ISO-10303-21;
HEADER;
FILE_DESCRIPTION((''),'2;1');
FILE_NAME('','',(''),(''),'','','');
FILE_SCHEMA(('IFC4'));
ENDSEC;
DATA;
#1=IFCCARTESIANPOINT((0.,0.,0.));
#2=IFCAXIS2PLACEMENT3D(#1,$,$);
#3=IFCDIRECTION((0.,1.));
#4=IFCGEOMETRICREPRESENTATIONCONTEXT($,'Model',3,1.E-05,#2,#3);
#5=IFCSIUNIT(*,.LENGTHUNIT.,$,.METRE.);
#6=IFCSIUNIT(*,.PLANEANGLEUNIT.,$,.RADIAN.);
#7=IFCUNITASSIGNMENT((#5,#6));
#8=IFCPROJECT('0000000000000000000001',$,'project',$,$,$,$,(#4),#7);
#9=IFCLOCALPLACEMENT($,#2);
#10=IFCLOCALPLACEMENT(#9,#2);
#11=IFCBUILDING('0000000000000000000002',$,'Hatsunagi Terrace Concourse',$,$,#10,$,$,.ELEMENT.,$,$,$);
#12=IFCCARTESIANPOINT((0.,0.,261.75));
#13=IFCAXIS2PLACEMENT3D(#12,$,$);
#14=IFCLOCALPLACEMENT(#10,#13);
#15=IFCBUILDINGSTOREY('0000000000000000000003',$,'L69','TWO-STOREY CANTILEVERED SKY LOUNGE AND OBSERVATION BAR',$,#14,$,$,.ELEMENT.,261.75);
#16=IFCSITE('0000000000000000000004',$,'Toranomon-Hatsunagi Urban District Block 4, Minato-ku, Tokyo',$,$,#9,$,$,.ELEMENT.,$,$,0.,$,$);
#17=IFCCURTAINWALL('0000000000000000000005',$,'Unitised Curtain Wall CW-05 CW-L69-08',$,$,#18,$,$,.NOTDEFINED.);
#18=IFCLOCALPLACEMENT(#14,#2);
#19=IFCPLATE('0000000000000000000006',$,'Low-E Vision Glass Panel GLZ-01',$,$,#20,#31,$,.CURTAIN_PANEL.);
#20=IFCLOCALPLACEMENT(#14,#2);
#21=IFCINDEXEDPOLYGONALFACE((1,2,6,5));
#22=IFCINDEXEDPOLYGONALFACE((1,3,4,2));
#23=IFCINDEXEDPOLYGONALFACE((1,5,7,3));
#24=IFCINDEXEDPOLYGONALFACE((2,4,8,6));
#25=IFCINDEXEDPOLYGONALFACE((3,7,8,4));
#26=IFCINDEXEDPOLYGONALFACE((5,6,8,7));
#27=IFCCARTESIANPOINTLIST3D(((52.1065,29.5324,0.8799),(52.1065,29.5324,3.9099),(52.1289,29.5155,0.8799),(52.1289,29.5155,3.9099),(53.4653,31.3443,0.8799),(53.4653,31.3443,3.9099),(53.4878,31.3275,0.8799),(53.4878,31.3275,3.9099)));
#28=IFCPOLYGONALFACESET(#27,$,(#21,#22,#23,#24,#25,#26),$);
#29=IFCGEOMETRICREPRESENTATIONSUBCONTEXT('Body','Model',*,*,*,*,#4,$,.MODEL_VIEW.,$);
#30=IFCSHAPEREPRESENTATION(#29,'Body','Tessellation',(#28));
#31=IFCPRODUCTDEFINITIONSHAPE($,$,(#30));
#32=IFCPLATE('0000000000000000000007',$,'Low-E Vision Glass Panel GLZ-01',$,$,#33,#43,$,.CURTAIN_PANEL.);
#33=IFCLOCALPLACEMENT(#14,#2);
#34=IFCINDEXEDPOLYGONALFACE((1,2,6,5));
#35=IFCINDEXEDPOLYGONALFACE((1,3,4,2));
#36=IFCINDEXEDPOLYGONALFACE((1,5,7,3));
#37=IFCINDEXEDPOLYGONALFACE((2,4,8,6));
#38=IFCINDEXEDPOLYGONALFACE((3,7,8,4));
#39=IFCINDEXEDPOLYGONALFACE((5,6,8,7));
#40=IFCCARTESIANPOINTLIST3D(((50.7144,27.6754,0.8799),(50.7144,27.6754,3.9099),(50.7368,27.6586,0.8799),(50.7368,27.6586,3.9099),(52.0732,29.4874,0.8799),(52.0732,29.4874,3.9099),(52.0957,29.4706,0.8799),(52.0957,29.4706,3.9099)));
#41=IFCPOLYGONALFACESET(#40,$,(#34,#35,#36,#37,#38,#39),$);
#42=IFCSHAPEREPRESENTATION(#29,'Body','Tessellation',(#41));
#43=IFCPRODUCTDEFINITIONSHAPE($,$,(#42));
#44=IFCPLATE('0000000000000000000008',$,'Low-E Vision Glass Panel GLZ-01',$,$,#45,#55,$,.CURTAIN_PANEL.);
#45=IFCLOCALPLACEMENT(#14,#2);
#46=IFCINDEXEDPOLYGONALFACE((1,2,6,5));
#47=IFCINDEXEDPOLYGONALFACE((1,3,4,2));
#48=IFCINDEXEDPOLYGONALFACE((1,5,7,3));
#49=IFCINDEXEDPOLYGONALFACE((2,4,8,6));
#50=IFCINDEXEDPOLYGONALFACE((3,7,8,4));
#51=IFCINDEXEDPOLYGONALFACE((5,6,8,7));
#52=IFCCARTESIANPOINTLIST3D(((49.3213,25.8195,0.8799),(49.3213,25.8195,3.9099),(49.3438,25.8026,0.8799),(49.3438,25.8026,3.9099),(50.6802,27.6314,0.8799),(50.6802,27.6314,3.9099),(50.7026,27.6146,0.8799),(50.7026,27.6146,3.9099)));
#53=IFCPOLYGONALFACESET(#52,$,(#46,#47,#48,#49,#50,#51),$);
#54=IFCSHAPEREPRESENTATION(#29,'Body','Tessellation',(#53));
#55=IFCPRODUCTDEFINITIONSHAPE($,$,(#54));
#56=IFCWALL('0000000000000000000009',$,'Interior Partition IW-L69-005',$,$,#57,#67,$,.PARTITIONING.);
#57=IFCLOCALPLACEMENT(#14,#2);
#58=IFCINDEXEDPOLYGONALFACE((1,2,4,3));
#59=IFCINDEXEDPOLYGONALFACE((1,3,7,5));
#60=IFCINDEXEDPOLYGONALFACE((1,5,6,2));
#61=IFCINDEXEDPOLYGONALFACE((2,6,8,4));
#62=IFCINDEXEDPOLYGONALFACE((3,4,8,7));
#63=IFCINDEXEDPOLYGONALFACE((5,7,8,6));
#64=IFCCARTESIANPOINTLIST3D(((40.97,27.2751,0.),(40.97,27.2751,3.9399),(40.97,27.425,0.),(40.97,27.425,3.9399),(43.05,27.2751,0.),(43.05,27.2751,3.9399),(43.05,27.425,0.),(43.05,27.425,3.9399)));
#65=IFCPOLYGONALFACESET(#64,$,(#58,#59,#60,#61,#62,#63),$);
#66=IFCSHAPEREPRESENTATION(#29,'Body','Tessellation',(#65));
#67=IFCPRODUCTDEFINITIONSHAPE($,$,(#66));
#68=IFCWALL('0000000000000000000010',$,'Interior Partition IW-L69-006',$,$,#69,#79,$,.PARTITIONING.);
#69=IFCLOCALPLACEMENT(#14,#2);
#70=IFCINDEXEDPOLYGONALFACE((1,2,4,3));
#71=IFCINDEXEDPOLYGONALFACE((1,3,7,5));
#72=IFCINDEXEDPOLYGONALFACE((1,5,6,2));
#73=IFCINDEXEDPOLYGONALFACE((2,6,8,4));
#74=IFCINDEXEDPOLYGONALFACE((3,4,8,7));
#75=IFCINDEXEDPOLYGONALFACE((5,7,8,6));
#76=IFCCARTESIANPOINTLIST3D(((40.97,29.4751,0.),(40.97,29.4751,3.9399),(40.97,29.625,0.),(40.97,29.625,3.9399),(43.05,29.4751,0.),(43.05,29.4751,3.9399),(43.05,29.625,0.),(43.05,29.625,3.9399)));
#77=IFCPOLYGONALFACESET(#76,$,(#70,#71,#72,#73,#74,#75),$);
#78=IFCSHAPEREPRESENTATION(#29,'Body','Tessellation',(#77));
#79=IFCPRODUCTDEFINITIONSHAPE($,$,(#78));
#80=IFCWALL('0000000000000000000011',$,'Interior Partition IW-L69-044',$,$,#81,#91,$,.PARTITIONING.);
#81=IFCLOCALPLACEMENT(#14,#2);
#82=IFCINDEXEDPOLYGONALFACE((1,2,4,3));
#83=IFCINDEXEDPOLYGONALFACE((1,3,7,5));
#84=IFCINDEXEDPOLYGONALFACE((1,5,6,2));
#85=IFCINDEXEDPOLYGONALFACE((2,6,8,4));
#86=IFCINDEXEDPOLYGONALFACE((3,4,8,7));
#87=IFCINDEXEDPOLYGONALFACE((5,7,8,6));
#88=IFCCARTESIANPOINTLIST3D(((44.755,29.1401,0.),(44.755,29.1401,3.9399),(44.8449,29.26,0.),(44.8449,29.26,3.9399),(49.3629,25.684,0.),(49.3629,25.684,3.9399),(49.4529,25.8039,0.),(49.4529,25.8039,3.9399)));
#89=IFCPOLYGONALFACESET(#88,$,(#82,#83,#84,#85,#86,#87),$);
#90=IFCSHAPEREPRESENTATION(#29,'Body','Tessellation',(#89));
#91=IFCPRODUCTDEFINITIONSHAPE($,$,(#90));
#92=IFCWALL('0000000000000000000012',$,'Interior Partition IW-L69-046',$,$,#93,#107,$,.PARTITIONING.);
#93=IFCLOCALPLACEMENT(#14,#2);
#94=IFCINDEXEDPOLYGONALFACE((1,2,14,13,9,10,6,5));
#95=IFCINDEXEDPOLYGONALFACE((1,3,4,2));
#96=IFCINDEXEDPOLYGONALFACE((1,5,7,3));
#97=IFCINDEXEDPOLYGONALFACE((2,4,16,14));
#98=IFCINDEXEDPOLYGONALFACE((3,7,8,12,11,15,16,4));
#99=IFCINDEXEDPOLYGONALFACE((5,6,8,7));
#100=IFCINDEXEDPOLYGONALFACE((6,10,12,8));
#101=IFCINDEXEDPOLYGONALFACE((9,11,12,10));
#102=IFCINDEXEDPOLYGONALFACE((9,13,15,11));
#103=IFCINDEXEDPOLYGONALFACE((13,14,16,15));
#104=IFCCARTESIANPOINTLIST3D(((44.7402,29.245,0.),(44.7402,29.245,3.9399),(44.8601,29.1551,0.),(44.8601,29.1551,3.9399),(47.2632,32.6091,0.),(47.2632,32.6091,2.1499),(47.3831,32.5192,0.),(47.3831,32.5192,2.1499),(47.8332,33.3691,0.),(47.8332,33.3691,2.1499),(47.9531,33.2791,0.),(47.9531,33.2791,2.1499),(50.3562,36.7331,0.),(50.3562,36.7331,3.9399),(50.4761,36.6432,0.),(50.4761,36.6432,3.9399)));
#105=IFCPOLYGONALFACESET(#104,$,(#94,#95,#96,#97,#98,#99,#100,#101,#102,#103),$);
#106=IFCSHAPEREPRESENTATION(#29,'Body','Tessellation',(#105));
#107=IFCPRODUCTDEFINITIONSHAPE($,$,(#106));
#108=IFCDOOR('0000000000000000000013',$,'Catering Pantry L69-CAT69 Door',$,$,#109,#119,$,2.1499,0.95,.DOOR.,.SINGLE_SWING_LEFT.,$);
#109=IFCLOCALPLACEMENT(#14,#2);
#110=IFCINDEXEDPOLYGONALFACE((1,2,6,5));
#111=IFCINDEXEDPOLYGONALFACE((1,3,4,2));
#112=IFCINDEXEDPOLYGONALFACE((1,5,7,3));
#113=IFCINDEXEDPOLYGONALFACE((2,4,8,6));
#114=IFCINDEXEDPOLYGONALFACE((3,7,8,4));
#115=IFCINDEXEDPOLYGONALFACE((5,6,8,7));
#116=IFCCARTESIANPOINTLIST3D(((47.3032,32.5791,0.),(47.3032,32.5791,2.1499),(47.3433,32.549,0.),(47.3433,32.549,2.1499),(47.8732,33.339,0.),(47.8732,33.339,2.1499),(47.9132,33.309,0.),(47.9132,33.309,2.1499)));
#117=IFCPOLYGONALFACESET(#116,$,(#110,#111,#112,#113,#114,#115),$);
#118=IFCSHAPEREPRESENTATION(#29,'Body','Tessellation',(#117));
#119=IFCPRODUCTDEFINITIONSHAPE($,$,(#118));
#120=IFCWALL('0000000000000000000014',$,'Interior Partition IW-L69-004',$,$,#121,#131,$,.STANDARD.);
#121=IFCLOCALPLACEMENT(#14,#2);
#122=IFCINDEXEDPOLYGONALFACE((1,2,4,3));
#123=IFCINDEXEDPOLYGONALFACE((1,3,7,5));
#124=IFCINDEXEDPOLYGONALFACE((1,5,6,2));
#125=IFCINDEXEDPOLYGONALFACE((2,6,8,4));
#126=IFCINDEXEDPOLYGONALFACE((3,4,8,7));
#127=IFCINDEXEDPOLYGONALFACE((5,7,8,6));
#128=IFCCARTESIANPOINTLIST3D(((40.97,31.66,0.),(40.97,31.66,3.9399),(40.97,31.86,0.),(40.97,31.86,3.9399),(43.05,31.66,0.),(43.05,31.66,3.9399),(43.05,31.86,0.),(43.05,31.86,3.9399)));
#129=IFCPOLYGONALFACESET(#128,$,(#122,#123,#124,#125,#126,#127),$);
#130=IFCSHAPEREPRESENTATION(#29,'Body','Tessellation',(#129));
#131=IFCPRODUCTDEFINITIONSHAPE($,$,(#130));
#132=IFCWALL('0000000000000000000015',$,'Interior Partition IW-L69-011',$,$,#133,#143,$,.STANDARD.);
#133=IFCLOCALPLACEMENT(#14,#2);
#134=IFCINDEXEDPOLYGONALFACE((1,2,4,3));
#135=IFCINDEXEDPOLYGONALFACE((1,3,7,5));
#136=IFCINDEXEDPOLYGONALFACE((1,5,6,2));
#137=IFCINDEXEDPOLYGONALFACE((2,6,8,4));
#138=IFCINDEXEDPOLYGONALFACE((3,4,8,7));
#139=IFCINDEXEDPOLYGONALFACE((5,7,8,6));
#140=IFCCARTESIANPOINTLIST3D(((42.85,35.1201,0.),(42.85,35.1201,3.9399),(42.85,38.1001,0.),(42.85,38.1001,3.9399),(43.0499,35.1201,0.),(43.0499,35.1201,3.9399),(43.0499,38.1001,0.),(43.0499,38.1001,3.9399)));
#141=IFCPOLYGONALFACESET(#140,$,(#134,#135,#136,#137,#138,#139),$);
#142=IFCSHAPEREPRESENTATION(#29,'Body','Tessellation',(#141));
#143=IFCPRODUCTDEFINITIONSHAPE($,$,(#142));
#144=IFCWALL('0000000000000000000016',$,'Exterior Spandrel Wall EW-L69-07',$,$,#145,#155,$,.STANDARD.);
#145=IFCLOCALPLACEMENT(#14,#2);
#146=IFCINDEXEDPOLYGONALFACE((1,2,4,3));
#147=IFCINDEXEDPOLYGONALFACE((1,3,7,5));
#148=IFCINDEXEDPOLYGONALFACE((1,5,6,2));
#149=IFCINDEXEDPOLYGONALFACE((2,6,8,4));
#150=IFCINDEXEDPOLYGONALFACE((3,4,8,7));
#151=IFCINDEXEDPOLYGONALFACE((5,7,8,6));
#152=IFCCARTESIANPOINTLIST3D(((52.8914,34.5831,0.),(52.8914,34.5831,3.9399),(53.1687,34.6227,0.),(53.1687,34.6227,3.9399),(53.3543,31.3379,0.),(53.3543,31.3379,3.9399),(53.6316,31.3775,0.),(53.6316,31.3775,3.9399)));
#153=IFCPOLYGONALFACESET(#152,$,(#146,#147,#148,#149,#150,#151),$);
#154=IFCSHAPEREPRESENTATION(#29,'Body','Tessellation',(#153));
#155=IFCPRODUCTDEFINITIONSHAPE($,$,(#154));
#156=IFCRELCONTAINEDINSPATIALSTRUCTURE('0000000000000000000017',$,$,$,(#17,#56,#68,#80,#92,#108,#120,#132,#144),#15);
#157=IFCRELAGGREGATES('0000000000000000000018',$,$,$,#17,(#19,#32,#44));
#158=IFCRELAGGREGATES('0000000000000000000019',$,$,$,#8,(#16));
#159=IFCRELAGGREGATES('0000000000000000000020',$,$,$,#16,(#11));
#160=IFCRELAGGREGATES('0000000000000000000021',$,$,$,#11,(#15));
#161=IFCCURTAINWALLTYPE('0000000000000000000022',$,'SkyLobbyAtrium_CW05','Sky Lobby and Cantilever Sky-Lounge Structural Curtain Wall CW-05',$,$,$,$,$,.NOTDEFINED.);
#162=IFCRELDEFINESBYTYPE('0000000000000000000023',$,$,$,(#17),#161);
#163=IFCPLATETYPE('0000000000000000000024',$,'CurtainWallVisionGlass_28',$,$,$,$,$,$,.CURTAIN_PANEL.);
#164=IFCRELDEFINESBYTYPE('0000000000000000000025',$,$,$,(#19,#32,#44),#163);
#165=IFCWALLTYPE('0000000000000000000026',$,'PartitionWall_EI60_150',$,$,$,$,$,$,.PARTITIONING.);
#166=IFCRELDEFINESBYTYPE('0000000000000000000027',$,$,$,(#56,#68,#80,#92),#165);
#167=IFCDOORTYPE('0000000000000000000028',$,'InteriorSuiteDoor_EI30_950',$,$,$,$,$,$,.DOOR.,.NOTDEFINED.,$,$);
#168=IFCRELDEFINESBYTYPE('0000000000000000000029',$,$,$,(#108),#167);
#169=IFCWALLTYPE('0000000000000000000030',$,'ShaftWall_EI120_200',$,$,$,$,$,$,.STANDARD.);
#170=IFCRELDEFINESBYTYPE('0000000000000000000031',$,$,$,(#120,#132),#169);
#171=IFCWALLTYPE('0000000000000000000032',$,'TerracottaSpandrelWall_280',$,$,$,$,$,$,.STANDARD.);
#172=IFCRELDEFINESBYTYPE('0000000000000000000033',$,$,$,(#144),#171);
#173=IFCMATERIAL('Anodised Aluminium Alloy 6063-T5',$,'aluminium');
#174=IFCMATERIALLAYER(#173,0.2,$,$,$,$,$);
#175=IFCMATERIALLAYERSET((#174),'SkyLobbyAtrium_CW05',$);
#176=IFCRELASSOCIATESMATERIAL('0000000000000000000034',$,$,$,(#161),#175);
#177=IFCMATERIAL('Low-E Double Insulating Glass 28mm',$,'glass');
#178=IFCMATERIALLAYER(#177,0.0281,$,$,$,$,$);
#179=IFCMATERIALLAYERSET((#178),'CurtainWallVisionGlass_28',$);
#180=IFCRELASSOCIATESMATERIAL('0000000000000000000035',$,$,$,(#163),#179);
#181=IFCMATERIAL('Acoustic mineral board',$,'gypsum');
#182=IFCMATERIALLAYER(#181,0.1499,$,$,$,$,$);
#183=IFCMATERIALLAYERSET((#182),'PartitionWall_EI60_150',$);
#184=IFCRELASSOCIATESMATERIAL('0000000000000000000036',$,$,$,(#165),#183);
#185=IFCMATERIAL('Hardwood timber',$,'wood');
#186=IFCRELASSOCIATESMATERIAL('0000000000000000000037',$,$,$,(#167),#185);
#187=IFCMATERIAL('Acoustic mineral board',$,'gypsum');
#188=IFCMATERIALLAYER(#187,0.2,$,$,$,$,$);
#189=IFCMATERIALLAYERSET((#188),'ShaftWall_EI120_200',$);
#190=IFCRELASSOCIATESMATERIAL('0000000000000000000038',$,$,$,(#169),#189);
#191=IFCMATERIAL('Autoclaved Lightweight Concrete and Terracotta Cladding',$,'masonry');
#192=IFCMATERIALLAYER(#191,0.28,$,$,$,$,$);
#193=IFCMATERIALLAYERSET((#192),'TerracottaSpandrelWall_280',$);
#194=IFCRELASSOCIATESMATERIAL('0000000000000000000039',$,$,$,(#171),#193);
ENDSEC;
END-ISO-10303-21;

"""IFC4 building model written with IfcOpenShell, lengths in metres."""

from ifc_helpers import new_model, si_unit, direction, frame, frame_2d, origin, origin_2d, place, context, subcontext, project, spatial, rectangle, extrude, material, layer, layer_set, type_object, element, fill, aggregate, save


model = new_model("IFC4")

# Units and contexts
model_context = context("Model", 3, precision=1e-05, world=origin(), true_north=direction((0.0, 1.0)))
body_context = subcontext(model_context, "Body", "Model", "MODEL_VIEW")
ifc_project = project(units=[si_unit("LENGTHUNIT", "METRE"), si_unit("PLANEANGLEUNIT", "RADIAN")], contexts=[model_context])

# Site, building, storey
site_placement = place(None, origin())
site = spatial("IfcSite", under=ifc_project, at=site_placement, Name="Toranomon-Hatsunagi Urban District Block 4, Minato-ku, Tokyo", CompositionType="ELEMENT", RefElevation=0.0)
building_placement = place(site_placement, origin())
building = spatial("IfcBuilding", under=site, at=building_placement, Name="Hatsunagi Terrace Concourse", CompositionType="ELEMENT")
storey_placement = place(building_placement, frame((0.0, 0.0, 261.75)))
storey = spatial("IfcBuildingStorey", under=building, at=storey_placement, Name="L69", Description="TWO-STOREY CANTILEVERED SKY LOUNGE AND OBSERVATION BAR", CompositionType="ELEMENT", Elevation=261.75)

# Shared definitions
ifc_material_1 = material(Name="Anodised Aluminium Alloy 6063-T5", Category="aluminium")
ifc_layer_1 = layer(ifc_material_1, 0.2)
ifc_layer_set_1 = layer_set([ifc_layer_1], Name="SkyLobbyAtrium_CW05")
curtain_wall_type = type_object("IfcCurtainWallType", Name="SkyLobbyAtrium_CW05", Description="Sky Lobby and Cantilever Sky-Lounge Structural Curtain Wall CW-05", PredefinedType="NOTDEFINED", material=ifc_layer_set_1)

# Curtain wall, plates
curtain_wall_1_placement = place(storey_placement, origin())
curtain_wall_1 = element("IfcCurtainWall", 1, at=curtain_wall_1_placement, inside=storey, type_object=curtain_wall_type, Name="Unitised Curtain Wall CW-05 CW-L69-08", PredefinedType="NOTDEFINED")
ifc_material_2 = material(Name="Low-E Double Insulating Glass 28mm", Category="glass")
ifc_layer_2 = layer(ifc_material_2, 0.0281)
ifc_layer_set_2 = layer_set([ifc_layer_2], Name="CurtainWallVisionGlass_28")
plate_type_1 = type_object("IfcPlateType", Name="CurtainWallVisionGlass_28", PredefinedType="CURTAIN_PANEL", material=ifc_layer_set_2)
plate_1_placement = place(storey_placement, frame((52.7971, 30.4299, 0.8799), z_axis=(0.0, 0.0, 1.0), x_axis=(-0.599969, -0.800023, 0.0)))
plate_1 = element("IfcPlate", 2, at=plate_1_placement, type_object=plate_type_1, Name="Low-E Vision Glass Panel GLZ-01", PredefinedType="CURTAIN_PANEL", context=body_context, shape_type="SweptSolid", body=[
    extrude(rectangle(XDim=2.2649, YDim=0.0281, at=origin_2d()), origin(), (0.0, 0.0, 1.0), 3.03),
])
plate_2_placement = place(storey_placement, frame((51.405, 28.573, 0.8799), z_axis=(0.0, 0.0, 1.0), x_axis=(-0.599969, -0.800023, 0.0)))
plate_2 = element("IfcPlate", 3, at=plate_2_placement, type_object=plate_type_1, Name="Low-E Vision Glass Panel GLZ-01", PredefinedType="CURTAIN_PANEL", context=body_context, shape_type="SweptSolid", body=[
    extrude(rectangle(XDim=2.2649, YDim=0.0281, at=origin_2d()), origin(), (0.0, 0.0, 1.0), 3.03),
])
plate_3_placement = place(storey_placement, frame((50.012, 26.717, 0.8799), z_axis=(0.0, 0.0, 1.0), x_axis=(-0.599969, -0.800023, 0.0)))
plate_3 = element("IfcPlate", 4, at=plate_3_placement, type_object=plate_type_1, Name="Low-E Vision Glass Panel GLZ-01", PredefinedType="CURTAIN_PANEL", context=body_context, shape_type="SweptSolid", body=[
    extrude(rectangle(XDim=2.2649, YDim=0.0281, at=origin_2d()), origin(), (0.0, 0.0, 1.0), 3.03),
])
aggregate(curtain_wall_1, [plate_1, plate_2, plate_3])

# Walls
ifc_material_3 = material(Name="Acoustic mineral board", Category="gypsum")
ifc_layer_3 = layer(ifc_material_3, 0.1499)
ifc_layer_set_3 = layer_set([ifc_layer_3], Name="PartitionWall_EI60_150")
wall_type_1 = type_object("IfcWallType", Name="PartitionWall_EI60_150", PredefinedType="PARTITIONING", material=ifc_layer_set_3)
for number, where, z_axis, x_axis, name in (
    (5, (40.97, 27.3501, 0.0), (0.0, 0.0, 1.0), (1.0, 0.0, 0.0), "Interior Partition IW-L69-005"),
    (6, (40.97, 29.55, 0.0), (0.0, 0.0, 1.0), (1.0, 0.0, 0.0), "Interior Partition IW-L69-006"),
):
    element("IfcWall", number, at=place(storey_placement, frame(where, z_axis=z_axis, x_axis=x_axis)), inside=storey, type_object=wall_type_1, Name=name, PredefinedType="PARTITIONING", context=body_context, shape_type="SweptSolid", body=[
        extrude(rectangle(XDim=2.0801, YDim=0.1499, at=frame_2d((1.04, 0.0))), origin(), (0.0, 0.0, 1.0), 3.9399),
    ])
wall_1_placement = place(storey_placement, frame((44.8, 29.2, 0.0), z_axis=(0.0, 0.0, 1.0), x_axis=(0.79999, -0.600014, 0.0)))
element("IfcWall", 7, at=wall_1_placement, inside=storey, type_object=wall_type_1, Name="Interior Partition IW-L69-044", PredefinedType="PARTITIONING", context=body_context, shape_type="SweptSolid", body=[
    extrude(rectangle(XDim=5.76, YDim=0.1499, at=frame_2d((2.8799, 0.0))), origin(), (0.0, 0.0, 1.0), 3.9399),
])

# Wall, opening, door
wall_2_placement = place(storey_placement, frame((44.8, 29.2, 0.0), z_axis=(0.0, 0.0, 1.0), x_axis=(0.599996, 0.800003, 0.0)))
wall_2 = element("IfcWall", 8, at=wall_2_placement, inside=storey, type_object=wall_type_1, Name="Interior Partition IW-L69-046", PredefinedType="PARTITIONING", context=body_context, shape_type="SweptSolid", body=[
    extrude(rectangle(XDim=9.3601, YDim=0.1499, at=frame_2d((4.6802, 0.0))), origin(), (0.0, 0.0, 1.0), 3.9399),
])
opening_placement = place(wall_2_placement, frame((4.2051, 0.0, 0.0)))
opening = element("IfcOpeningElement", 9, at=opening_placement, cuts=wall_2, PredefinedType="OPENING", context=body_context, shape_type="SweptSolid", body=[
    extrude(rectangle(XDim=0.95, YDim=2.1499, at=frame_2d((0.4751, 1.075))), frame((0.0, 0.085, 0.0), z_axis=(0.0, -1.0, 0.0), x_axis=(1.0, 0.0, 0.0)), (0.0, 0.0, 1.0), 0.1699),
])
ifc_material_4 = material(Name="Hardwood timber", Category="wood")
door_type = type_object("IfcDoorType", Name="InteriorSuiteDoor_EI30_950", OperationType="NOTDEFINED", PredefinedType="DOOR", material=ifc_material_4)
door_placement = place(opening_placement, origin())
door = element("IfcDoor", 10, at=door_placement, inside=storey, type_object=door_type, Name="Catering Pantry L69-CAT69 Door", OperationType="SINGLE_SWING_LEFT", OverallHeight=2.1499, OverallWidth=0.95, PredefinedType="DOOR", context=body_context, shape_type="SweptSolid", body=[
    extrude(rectangle(XDim=0.95, YDim=2.1499, at=frame_2d((0.4751, 1.075))), frame((0.0, 0.0249, 0.0), z_axis=(0.0, -1.0, 0.0), x_axis=(1.0, 0.0, 0.0)), (0.0, 0.0, 1.0), 0.05),
])
fill(opening, door)

# Walls
ifc_material_5 = material(Name="Acoustic mineral board", Category="gypsum")
ifc_layer_4 = layer(ifc_material_5, 0.2)
ifc_layer_set_4 = layer_set([ifc_layer_4], Name="ShaftWall_EI120_200")
wall_type_2 = type_object("IfcWallType", Name="ShaftWall_EI120_200", PredefinedType="STANDARD", material=ifc_layer_set_4)
wall_3_placement = place(storey_placement, frame((40.97, 31.76, 0.0), z_axis=(0.0, 0.0, 1.0), x_axis=(1.0, 0.0, 0.0)))
element("IfcWall", 11, at=wall_3_placement, inside=storey, type_object=wall_type_2, Name="Interior Partition IW-L69-004", PredefinedType="STANDARD", context=body_context, shape_type="SweptSolid", body=[
    extrude(rectangle(XDim=2.0801, YDim=0.2, at=frame_2d((1.04, 0.0))), origin(), (0.0, 0.0, 1.0), 3.9399),
])
wall_4_placement = place(storey_placement, frame((42.95, 35.1201, 0.0), z_axis=(0.0, 0.0, 1.0), x_axis=(0.0, 1.0, 0.0)))
element("IfcWall", 12, at=wall_4_placement, inside=storey, type_object=wall_type_2, Name="Interior Partition IW-L69-011", PredefinedType="STANDARD", context=body_context, shape_type="SweptSolid", body=[
    extrude(rectangle(XDim=2.98, YDim=0.2, at=frame_2d((1.49, 0.0))), origin(), (0.0, 0.0, 1.0), 3.9399),
])
ifc_material_6 = material(Name="Autoclaved Lightweight Concrete and Terracotta Cladding", Category="masonry")
ifc_layer_5 = layer(ifc_material_6, 0.28)
ifc_layer_set_5 = layer_set([ifc_layer_5], Name="TerracottaSpandrelWall_280")
wall_type_3 = type_object("IfcWallType", Name="TerracottaSpandrelWall_280", PredefinedType="STANDARD", material=ifc_layer_set_5)
wall_5_placement = place(storey_placement, frame((53.03, 34.603, 0.0), z_axis=(0.0, 0.0, 1.0), x_axis=(0.141213, -0.989979, 0.0)))
element("IfcWall", 13, at=wall_5_placement, inside=storey, type_object=wall_type_3, Name="Exterior Spandrel Wall EW-L69-07", PredefinedType="STANDARD", context=body_context, shape_type="SweptSolid", body=[
    extrude(rectangle(XDim=3.2781, YDim=0.28, at=frame_2d((1.6392, 0.0))), origin(), (0.0, 0.0, 1.0), 3.9399),
])

save(model, "model.ifc")
